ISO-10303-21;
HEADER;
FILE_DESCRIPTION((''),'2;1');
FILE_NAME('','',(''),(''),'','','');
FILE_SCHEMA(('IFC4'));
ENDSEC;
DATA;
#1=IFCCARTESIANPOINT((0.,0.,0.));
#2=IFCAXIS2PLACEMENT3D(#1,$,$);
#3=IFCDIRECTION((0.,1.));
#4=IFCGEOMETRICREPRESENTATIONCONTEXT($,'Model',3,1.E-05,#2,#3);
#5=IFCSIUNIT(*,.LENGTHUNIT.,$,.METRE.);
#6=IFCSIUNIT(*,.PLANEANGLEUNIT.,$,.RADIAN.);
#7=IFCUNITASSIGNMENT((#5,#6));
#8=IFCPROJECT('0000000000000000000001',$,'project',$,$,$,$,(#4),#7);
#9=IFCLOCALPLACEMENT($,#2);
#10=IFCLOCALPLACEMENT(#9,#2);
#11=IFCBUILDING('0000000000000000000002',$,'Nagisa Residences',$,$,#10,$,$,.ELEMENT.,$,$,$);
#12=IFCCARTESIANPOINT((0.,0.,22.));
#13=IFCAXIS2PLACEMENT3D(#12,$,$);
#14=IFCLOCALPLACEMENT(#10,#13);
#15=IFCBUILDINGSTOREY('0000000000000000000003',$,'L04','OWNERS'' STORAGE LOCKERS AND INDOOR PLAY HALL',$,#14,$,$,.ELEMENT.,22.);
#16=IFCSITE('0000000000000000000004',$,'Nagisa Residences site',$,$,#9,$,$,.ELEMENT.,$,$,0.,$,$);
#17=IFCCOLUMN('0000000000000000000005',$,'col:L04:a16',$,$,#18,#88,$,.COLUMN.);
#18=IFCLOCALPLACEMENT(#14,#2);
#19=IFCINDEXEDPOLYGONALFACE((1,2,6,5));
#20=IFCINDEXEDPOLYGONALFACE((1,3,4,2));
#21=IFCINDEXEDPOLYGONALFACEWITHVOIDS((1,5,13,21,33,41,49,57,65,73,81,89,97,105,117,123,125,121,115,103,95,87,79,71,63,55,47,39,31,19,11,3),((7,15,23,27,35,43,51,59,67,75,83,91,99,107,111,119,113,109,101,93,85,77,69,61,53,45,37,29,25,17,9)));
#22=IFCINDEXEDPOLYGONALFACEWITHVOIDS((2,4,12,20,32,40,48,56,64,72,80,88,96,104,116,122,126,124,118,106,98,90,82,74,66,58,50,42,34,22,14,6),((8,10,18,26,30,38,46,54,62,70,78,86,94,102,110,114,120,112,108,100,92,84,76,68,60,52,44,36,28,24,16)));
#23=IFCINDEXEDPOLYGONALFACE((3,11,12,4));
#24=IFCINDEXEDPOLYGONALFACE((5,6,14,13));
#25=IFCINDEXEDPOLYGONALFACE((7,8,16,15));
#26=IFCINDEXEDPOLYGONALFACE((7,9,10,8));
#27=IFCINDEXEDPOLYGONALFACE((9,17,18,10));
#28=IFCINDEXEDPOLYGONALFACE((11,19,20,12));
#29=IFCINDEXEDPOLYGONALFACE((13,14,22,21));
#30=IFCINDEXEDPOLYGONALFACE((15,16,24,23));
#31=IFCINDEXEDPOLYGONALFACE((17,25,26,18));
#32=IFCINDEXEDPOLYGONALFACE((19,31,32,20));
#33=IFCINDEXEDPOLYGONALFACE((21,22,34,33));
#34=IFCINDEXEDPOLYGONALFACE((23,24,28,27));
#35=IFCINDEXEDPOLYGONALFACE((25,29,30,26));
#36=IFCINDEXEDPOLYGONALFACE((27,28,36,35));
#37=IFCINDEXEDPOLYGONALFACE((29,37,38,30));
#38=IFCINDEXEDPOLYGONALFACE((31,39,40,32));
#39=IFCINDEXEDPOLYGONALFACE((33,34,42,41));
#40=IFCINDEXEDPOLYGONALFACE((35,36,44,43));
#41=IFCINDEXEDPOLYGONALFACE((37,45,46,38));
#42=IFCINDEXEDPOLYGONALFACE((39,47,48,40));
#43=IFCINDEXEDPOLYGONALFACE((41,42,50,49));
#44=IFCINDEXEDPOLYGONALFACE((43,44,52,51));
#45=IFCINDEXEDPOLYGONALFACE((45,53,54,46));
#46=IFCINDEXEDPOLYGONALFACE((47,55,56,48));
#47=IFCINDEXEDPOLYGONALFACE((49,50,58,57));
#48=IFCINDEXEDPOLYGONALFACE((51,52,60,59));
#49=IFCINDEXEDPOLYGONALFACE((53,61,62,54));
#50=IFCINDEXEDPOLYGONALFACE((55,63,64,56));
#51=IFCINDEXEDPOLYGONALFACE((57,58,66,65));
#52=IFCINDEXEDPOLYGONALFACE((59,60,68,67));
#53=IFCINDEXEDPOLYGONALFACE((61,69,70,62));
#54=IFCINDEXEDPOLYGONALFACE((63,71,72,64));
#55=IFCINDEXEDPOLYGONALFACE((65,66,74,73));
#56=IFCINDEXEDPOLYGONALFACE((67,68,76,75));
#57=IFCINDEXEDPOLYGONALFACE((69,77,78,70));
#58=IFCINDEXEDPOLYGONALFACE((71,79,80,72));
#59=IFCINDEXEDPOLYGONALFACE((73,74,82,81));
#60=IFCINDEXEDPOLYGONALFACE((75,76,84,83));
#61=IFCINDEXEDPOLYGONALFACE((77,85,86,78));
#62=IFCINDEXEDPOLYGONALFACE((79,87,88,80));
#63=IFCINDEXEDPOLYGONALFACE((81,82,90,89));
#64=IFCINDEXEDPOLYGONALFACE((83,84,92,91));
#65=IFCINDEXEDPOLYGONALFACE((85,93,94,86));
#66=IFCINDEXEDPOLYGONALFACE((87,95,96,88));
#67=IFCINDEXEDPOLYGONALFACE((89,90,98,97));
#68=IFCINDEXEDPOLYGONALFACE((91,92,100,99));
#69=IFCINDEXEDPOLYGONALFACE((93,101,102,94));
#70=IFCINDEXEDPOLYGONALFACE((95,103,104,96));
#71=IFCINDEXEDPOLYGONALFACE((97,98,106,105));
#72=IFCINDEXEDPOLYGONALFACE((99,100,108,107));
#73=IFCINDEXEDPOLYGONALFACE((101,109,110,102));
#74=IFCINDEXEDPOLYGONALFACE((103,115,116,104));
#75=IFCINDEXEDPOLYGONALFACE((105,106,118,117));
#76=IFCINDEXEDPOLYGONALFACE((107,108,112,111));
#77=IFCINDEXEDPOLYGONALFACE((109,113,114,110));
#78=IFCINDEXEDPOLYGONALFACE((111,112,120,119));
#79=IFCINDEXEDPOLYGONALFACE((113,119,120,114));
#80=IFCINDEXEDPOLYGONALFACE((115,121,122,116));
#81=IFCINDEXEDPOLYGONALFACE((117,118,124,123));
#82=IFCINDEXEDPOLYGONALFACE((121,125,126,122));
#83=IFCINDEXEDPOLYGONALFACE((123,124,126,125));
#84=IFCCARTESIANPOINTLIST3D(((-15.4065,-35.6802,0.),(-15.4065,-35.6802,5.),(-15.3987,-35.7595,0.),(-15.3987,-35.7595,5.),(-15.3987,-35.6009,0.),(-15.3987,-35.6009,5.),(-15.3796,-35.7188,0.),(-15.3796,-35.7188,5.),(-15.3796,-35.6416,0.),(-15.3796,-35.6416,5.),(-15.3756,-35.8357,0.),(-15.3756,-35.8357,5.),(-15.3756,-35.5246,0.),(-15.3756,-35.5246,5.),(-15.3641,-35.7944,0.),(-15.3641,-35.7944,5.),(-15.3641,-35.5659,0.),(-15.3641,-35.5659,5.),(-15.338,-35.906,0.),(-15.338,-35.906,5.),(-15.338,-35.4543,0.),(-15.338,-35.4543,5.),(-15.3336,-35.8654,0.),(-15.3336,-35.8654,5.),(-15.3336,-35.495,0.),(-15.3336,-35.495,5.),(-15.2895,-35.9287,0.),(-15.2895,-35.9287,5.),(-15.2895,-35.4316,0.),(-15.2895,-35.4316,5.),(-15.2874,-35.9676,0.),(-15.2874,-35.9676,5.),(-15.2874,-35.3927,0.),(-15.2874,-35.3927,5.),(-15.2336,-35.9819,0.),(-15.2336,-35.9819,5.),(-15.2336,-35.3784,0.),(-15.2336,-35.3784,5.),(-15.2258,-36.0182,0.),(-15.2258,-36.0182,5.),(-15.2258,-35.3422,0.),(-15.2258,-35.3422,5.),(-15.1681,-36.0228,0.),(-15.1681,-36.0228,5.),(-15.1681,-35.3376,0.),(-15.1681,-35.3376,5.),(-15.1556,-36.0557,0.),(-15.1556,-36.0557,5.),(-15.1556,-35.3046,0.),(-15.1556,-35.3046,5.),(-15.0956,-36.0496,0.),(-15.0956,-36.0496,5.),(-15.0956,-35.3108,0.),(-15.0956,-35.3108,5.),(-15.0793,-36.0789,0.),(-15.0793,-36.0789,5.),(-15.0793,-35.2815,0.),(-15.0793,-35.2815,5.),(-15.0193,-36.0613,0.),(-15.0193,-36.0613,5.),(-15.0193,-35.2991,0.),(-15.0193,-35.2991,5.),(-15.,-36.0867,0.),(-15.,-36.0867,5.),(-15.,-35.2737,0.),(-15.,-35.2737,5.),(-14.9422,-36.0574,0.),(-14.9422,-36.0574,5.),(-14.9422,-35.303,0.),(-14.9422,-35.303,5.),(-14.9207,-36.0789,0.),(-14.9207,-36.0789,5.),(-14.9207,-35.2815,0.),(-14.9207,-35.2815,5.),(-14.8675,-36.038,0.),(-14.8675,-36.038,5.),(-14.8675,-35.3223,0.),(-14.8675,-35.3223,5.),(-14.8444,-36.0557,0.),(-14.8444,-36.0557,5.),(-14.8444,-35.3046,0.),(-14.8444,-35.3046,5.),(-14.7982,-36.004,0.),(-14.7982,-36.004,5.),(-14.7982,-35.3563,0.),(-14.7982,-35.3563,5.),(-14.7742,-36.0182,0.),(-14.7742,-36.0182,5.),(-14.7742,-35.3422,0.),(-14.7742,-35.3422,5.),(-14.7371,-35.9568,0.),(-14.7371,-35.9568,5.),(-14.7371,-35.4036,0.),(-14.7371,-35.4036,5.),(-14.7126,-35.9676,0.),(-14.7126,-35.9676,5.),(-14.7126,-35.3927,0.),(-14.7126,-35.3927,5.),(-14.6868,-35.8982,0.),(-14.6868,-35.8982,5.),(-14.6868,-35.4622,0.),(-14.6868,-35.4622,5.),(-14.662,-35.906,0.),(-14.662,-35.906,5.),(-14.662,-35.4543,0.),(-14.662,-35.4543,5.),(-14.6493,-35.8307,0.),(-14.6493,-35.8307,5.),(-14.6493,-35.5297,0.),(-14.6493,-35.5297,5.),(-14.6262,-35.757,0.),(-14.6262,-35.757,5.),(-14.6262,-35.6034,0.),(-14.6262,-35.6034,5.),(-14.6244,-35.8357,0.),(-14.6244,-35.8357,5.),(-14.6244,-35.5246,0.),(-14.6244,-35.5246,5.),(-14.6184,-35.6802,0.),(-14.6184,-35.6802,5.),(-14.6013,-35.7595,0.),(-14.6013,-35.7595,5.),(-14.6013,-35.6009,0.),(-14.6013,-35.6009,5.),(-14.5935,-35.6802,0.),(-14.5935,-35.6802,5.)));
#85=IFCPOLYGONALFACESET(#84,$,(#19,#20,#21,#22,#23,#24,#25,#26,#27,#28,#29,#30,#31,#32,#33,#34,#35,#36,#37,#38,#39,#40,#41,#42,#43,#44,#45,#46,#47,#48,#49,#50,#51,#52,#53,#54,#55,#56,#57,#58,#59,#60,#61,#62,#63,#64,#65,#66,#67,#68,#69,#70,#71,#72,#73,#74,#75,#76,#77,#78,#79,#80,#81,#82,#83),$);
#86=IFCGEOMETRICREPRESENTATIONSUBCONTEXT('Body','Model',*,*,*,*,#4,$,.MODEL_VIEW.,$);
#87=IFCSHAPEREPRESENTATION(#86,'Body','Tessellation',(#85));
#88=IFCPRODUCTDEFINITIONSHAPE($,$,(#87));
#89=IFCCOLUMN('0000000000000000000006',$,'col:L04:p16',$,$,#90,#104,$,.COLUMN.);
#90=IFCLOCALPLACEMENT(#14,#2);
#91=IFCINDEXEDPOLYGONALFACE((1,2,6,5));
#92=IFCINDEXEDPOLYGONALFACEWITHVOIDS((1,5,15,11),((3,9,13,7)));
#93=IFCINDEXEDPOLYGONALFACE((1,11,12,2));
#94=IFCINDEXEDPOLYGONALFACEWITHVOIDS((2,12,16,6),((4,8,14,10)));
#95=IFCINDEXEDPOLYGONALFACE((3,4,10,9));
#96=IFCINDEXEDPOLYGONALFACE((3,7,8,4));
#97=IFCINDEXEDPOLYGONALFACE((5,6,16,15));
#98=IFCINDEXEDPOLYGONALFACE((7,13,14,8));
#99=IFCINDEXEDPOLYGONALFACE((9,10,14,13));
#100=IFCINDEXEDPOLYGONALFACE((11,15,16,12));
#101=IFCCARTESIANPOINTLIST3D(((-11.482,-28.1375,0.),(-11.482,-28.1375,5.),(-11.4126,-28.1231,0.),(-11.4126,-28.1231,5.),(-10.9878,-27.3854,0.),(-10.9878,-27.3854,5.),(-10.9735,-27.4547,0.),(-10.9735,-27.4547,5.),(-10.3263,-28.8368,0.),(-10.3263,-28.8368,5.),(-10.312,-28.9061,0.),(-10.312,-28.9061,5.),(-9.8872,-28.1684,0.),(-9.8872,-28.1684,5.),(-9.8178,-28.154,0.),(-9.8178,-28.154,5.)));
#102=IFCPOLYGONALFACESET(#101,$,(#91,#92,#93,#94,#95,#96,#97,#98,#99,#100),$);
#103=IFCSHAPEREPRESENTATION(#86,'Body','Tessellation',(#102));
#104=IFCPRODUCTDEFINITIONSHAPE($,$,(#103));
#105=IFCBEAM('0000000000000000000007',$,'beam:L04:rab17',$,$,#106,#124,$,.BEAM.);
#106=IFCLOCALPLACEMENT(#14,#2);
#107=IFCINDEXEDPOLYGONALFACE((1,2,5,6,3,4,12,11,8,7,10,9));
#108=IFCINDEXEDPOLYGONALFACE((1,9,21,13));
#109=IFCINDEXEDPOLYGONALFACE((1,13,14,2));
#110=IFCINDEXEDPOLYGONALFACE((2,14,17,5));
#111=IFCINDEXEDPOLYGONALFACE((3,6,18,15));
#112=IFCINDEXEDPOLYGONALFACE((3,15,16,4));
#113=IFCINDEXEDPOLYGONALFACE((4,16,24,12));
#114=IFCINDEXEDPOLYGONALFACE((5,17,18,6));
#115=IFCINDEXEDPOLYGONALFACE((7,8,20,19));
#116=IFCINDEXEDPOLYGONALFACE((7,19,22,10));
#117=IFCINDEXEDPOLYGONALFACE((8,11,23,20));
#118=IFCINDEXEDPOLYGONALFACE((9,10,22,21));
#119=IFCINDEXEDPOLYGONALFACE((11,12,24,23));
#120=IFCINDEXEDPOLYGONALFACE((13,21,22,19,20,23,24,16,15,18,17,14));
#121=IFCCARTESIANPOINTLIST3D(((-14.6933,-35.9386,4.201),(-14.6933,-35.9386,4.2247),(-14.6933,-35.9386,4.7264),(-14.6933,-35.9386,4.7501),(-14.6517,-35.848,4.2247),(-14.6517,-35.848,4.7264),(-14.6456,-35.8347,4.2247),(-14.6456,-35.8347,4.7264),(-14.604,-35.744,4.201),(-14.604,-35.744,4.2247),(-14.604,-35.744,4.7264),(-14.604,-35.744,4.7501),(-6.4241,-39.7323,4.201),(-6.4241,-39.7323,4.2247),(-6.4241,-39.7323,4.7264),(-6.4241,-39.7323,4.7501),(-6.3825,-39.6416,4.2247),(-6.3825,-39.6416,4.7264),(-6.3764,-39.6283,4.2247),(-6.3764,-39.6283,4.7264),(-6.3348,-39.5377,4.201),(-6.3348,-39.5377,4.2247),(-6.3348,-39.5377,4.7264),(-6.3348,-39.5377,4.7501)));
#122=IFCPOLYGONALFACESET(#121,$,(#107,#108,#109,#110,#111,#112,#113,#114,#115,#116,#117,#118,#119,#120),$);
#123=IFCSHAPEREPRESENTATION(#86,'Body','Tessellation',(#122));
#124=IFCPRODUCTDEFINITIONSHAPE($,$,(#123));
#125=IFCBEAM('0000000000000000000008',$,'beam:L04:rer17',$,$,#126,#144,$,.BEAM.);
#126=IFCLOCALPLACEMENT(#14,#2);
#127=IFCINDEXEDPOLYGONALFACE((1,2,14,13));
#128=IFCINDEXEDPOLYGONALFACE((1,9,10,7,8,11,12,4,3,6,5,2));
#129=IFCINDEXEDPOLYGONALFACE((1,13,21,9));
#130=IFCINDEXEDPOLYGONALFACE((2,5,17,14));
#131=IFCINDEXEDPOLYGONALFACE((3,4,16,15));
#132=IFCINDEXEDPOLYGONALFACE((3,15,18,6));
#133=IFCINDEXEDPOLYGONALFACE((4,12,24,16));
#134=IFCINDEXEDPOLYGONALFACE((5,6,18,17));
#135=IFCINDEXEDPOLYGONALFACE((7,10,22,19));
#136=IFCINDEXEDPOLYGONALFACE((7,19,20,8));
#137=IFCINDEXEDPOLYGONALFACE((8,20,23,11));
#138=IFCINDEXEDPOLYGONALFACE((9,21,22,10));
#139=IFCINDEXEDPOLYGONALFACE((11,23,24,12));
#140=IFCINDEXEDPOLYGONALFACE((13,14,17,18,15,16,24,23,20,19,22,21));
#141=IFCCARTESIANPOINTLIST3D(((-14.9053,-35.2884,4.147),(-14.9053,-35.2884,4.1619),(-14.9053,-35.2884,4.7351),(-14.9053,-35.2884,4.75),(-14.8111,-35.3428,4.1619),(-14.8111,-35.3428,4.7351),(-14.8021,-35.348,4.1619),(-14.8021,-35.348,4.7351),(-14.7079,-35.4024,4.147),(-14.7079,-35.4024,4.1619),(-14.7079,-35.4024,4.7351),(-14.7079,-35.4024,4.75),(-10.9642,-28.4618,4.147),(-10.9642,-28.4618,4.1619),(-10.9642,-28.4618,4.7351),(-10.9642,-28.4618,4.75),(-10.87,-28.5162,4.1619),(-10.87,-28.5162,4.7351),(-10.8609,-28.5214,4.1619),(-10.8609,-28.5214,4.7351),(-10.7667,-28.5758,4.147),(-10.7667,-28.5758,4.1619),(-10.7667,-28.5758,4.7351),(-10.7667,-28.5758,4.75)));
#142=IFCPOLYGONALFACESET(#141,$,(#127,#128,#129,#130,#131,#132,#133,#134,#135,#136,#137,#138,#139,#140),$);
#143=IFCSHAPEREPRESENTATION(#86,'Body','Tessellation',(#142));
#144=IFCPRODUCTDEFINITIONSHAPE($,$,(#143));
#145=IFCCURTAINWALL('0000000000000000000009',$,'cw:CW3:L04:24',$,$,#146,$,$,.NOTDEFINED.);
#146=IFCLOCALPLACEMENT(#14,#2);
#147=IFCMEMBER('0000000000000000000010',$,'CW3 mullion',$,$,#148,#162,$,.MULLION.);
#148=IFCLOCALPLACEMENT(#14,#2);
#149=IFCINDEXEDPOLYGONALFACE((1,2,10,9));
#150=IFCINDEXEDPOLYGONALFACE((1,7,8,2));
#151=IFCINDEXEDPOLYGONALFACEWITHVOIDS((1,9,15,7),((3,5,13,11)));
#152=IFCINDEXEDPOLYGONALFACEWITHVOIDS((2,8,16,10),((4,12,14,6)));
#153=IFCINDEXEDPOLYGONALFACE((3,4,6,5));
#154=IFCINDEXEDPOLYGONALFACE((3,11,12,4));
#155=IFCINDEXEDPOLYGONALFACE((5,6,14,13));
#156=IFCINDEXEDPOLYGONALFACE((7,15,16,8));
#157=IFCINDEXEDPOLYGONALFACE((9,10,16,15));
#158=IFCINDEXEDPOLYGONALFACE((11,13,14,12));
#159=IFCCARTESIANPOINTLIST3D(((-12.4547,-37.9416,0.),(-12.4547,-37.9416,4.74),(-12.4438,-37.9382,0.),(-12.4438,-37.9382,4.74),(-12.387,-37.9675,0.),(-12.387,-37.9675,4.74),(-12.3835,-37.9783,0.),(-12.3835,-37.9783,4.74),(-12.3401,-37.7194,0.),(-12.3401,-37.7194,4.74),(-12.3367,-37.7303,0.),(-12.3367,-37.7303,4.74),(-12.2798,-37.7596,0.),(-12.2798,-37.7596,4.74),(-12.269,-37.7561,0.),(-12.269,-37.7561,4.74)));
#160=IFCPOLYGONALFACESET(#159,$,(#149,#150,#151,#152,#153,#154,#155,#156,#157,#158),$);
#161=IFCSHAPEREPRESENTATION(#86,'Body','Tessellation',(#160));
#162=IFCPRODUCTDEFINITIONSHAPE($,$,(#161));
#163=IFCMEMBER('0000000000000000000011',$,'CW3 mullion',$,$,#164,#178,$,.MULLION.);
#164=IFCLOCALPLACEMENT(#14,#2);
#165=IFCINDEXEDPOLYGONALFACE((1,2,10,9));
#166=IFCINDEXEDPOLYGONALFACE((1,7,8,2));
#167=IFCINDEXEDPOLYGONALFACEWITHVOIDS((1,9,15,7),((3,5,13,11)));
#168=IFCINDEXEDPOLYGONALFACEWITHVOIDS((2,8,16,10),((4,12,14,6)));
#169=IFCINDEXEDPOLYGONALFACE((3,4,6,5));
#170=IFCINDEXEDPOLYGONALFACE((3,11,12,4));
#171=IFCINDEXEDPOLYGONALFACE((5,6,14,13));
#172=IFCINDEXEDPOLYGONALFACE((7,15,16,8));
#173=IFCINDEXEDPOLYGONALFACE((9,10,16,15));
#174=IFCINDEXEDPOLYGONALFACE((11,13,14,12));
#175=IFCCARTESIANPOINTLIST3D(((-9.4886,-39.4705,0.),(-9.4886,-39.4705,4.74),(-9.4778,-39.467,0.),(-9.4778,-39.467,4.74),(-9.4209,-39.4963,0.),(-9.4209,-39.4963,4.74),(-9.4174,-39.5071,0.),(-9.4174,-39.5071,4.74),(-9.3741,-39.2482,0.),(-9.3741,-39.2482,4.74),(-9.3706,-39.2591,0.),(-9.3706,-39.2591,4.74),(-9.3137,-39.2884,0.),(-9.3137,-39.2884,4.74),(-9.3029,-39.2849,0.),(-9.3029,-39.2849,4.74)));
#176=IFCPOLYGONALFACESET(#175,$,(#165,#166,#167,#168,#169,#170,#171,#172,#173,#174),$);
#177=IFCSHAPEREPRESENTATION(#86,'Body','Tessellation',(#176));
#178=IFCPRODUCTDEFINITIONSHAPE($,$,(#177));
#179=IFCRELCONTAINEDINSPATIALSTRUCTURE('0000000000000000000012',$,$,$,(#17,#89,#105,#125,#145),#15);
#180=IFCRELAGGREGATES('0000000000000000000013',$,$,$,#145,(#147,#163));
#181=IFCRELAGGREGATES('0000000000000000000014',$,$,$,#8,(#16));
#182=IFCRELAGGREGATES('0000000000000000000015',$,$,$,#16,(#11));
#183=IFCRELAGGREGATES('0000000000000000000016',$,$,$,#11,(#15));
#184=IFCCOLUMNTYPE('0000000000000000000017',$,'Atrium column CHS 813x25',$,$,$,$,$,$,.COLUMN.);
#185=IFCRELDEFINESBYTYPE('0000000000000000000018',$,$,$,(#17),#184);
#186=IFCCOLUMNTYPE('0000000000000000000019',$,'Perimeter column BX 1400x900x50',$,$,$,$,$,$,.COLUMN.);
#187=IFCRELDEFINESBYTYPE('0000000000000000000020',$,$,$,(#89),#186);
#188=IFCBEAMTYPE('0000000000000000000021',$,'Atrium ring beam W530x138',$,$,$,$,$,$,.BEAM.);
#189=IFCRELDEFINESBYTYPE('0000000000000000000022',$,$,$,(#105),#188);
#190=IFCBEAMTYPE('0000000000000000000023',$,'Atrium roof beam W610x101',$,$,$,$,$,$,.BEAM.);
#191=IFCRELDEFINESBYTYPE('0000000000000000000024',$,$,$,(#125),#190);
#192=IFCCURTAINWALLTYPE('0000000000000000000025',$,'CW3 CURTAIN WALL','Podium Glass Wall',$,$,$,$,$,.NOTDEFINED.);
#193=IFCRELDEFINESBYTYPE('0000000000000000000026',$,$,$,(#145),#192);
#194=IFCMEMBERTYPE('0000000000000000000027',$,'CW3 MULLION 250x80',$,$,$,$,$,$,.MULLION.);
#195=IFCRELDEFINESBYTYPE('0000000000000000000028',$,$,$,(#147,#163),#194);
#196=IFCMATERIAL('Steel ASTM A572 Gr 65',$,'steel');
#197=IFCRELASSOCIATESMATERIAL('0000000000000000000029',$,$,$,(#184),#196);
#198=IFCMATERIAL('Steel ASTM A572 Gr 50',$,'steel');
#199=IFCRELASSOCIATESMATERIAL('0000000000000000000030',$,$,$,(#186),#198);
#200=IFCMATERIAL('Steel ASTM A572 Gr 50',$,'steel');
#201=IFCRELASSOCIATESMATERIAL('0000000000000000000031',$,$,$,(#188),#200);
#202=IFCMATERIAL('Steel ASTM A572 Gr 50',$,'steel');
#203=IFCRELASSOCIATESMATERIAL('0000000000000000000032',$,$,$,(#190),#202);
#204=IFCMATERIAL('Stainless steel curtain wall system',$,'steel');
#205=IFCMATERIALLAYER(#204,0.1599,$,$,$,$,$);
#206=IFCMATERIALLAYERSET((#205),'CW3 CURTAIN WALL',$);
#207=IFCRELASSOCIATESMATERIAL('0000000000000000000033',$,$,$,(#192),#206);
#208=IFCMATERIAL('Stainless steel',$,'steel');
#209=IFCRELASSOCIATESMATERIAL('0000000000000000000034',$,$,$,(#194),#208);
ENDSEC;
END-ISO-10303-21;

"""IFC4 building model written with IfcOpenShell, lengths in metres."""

from ifc_helpers import new_model, si_unit, direction, frame, origin, origin_2d, place, context, subcontext, project, spatial, hollow_rectangle, hollow_circle, i_section, extrude, material, layer, layer_set, material_profile, profile_set, type_object, element, aggregate, save


model = new_model("IFC4")

# Units and contexts
model_context = context("Model", 3, precision=1e-05, world=origin(), true_north=direction((0.0, 1.0)))
body_context = subcontext(model_context, "Body", "Model", "MODEL_VIEW")
ifc_project = project(units=[si_unit("LENGTHUNIT", "METRE"), si_unit("PLANEANGLEUNIT", "RADIAN")], contexts=[model_context])

# Site, building, storey
site_placement = place(None, origin())
site = spatial("IfcSite", under=ifc_project, at=site_placement, Name="Nagisa Residences site", CompositionType="ELEMENT", RefElevation=0.0)
building_placement = place(site_placement, origin())
building = spatial("IfcBuilding", under=site, at=building_placement, Name="Nagisa Residences", CompositionType="ELEMENT")
storey_placement = place(building_placement, frame((0.0, 0.0, 22.0)))
storey = spatial("IfcBuildingStorey", under=building, at=storey_placement, Name="L04", Description="OWNERS' STORAGE LOCKERS AND INDOOR PLAY HALL", CompositionType="ELEMENT", Elevation=22.0)

# Columns
ifc_material_1 = material(Name="Steel ASTM A572 Gr 65", Category="steel")
ifc_material_profile_1 = material_profile(ifc_material_1, hollow_circle(Radius=0.4065, WallThickness=0.0249, at=origin_2d()), Name="CHS 813x25")
ifc_profile_set_1 = profile_set([ifc_material_profile_1], Name="Steel ASTM A572 Gr 65")
column_type_1 = type_object("IfcColumnType", Name="Atrium column CHS 813x25", PredefinedType="COLUMN", material=ifc_profile_set_1)
column_1_placement = place(storey_placement, frame((-15.0, -35.6802, 0.0), z_axis=(0.0, 0.0, 1.0), x_axis=(1.0, 0.0, 0.0)))
element("IfcColumn", 1, at=column_1_placement, inside=storey, type_object=column_type_1, Name="col:L04:a16", PredefinedType="COLUMN", context=body_context, shape_type="SweptSolid", body=[
    extrude(hollow_circle(Radius=0.4065, WallThickness=0.0249, at=origin_2d()), origin(), (0.0, 0.0, 1.0), 5.0),
])
ifc_material_2 = material(Name="Steel ASTM A572 Gr 50", Category="steel")
ifc_material_profile_2 = material_profile(ifc_material_2, hollow_rectangle(XDim=1.3999, YDim=0.8999, WallThickness=0.05, at=origin_2d()), Name="BX 1400x900x50")
ifc_profile_set_2 = profile_set([ifc_material_profile_2], Name="Steel ASTM A572 Gr 50")
column_type_2 = type_object("IfcColumnType", Name="Perimeter column BX 1400x900x50", PredefinedType="COLUMN", material=ifc_profile_set_2)
column_2_placement = place(storey_placement, frame((-10.6499, -28.1458, 0.0), z_axis=(0.0, 0.0, 1.0), x_axis=(0.835766, -0.549086, 0.0)))
element("IfcColumn", 2, at=column_2_placement, inside=storey, type_object=column_type_2, Name="col:L04:p16", PredefinedType="COLUMN", context=body_context, shape_type="SweptSolid", body=[
    extrude(hollow_rectangle(XDim=1.3999, YDim=0.8999, WallThickness=0.05, at=origin_2d()), origin(), (0.0, 0.0, 1.0), 5.0),
])

# Beams
ifc_material_3 = material(Name="Steel ASTM A572 Gr 50", Category="steel")
ifc_material_profile_3 = material_profile(ifc_material_3, i_section(OverallWidth=0.2141, OverallDepth=0.5491, WebThickness=0.0146, FlangeThickness=0.0237, at=origin_2d()), Name="W530x138")
ifc_profile_set_3 = profile_set([ifc_material_profile_3], Name="Steel ASTM A572 Gr 50")
beam_type_1 = type_object("IfcBeamType", Name="Atrium ring beam W530x138", PredefinedType="BEAM", material=ifc_profile_set_3)
beam_1_placement = place(storey_placement, frame((-14.6487, -35.8413, 4.4756), z_axis=(0.908914, -0.416983, 0.0), x_axis=(0.416983, 0.908914, 0.0)))
element("IfcBeam", 3, at=beam_1_placement, inside=storey, type_object=beam_type_1, Name="beam:L04:rab17", PredefinedType="BEAM", context=body_context, shape_type="SweptSolid", body=[
    extrude(i_section(OverallWidth=0.2141, OverallDepth=0.5491, WebThickness=0.0146, FlangeThickness=0.0237, at=origin_2d()), origin(), (0.0, 0.0, 1.0), 9.0979),
])
ifc_material_4 = material(Name="Steel ASTM A572 Gr 50", Category="steel")
ifc_material_profile_4 = material_profile(ifc_material_4, i_section(OverallWidth=0.228, OverallDepth=0.603, WebThickness=0.0105, FlangeThickness=0.0149, at=origin_2d()), Name="W610x101")
ifc_profile_set_4 = profile_set([ifc_material_profile_4], Name="Steel ASTM A572 Gr 50")
beam_type_2 = type_object("IfcBeamType", Name="Atrium roof beam W610x101", PredefinedType="BEAM", material=ifc_profile_set_4)
beam_2_placement = place(storey_placement, frame((-10.8655, -28.5188, 4.4485), z_axis=(-0.49998, -0.866037, 0.0), x_axis=(0.866037, -0.49998, 0.0)))
element("IfcBeam", 4, at=beam_2_placement, inside=storey, type_object=beam_type_2, Name="beam:L04:rer17", PredefinedType="BEAM", context=body_context, shape_type="SweptSolid", body=[
    extrude(i_section(OverallWidth=0.228, OverallDepth=0.603, WebThickness=0.0105, FlangeThickness=0.0149, at=origin_2d()), origin(), (0.0, 0.0, 1.0), 7.8826),
])

# Curtain wall, members
ifc_material_5 = material(Name="Stainless steel curtain wall system", Category="steel")
ifc_layer_1 = layer(ifc_material_5, 0.1599)
ifc_layer_set_1 = layer_set([ifc_layer_1], Name="CW3 CURTAIN WALL")
curtain_wall_type_1 = type_object("IfcCurtainWallType", Name="CW3 CURTAIN WALL", Description="Podium Glass Wall", PredefinedType="NOTDEFINED", material=ifc_layer_set_1)
curtain_wall_1_placement = place(storey_placement, origin())
curtain_wall_1 = element("IfcCurtainWall", 5, at=curtain_wall_1_placement, inside=storey, type_object=curtain_wall_type_1, Name="cw:CW3:L04:24", PredefinedType="NOTDEFINED")
ifc_material_6 = material(Name="Stainless steel", Category="steel")
ifc_material_profile_5 = material_profile(ifc_material_6, hollow_rectangle(XDim=0.25, YDim=0.0801, WallThickness=0.0081, at=origin_2d()), Name="CW3 MULLION 250x80")
ifc_profile_set_5 = profile_set([ifc_material_profile_5], Name="Stainless steel")
member_type_1 = type_object("IfcMemberType", Name="CW3 MULLION 250x80", PredefinedType="MULLION", material=ifc_profile_set_5)
member_1_placement = place(storey_placement, frame((-12.3618, -37.8489, 0.0), z_axis=(0.0, 0.0, 1.0), x_axis=(0.458126, 0.888887, 0.0)))
member_1 = element("IfcMember", 6, at=member_1_placement, type_object=member_type_1, Name="CW3 mullion", PredefinedType="MULLION", context=body_context, shape_type="SweptSolid", body=[
    extrude(hollow_rectangle(XDim=0.25, YDim=0.0801, WallThickness=0.0081, at=origin_2d()), origin(), (0.0, 0.0, 1.0), 4.74),
])
member_2_placement = place(storey_placement, frame((-9.3958, -39.3777, 0.0), z_axis=(0.0, 0.0, 1.0), x_axis=(0.458126, 0.888887, 0.0)))
member_2 = element("IfcMember", 7, at=member_2_placement, type_object=member_type_1, Name="CW3 mullion", PredefinedType="MULLION", context=body_context, shape_type="SweptSolid", body=[
    extrude(hollow_rectangle(XDim=0.25, YDim=0.0801, WallThickness=0.0081, at=origin_2d()), origin(), (0.0, 0.0, 1.0), 4.74),
])

aggregate(curtain_wall_1, [member_1, member_2])

save(model, "model.ifc")
